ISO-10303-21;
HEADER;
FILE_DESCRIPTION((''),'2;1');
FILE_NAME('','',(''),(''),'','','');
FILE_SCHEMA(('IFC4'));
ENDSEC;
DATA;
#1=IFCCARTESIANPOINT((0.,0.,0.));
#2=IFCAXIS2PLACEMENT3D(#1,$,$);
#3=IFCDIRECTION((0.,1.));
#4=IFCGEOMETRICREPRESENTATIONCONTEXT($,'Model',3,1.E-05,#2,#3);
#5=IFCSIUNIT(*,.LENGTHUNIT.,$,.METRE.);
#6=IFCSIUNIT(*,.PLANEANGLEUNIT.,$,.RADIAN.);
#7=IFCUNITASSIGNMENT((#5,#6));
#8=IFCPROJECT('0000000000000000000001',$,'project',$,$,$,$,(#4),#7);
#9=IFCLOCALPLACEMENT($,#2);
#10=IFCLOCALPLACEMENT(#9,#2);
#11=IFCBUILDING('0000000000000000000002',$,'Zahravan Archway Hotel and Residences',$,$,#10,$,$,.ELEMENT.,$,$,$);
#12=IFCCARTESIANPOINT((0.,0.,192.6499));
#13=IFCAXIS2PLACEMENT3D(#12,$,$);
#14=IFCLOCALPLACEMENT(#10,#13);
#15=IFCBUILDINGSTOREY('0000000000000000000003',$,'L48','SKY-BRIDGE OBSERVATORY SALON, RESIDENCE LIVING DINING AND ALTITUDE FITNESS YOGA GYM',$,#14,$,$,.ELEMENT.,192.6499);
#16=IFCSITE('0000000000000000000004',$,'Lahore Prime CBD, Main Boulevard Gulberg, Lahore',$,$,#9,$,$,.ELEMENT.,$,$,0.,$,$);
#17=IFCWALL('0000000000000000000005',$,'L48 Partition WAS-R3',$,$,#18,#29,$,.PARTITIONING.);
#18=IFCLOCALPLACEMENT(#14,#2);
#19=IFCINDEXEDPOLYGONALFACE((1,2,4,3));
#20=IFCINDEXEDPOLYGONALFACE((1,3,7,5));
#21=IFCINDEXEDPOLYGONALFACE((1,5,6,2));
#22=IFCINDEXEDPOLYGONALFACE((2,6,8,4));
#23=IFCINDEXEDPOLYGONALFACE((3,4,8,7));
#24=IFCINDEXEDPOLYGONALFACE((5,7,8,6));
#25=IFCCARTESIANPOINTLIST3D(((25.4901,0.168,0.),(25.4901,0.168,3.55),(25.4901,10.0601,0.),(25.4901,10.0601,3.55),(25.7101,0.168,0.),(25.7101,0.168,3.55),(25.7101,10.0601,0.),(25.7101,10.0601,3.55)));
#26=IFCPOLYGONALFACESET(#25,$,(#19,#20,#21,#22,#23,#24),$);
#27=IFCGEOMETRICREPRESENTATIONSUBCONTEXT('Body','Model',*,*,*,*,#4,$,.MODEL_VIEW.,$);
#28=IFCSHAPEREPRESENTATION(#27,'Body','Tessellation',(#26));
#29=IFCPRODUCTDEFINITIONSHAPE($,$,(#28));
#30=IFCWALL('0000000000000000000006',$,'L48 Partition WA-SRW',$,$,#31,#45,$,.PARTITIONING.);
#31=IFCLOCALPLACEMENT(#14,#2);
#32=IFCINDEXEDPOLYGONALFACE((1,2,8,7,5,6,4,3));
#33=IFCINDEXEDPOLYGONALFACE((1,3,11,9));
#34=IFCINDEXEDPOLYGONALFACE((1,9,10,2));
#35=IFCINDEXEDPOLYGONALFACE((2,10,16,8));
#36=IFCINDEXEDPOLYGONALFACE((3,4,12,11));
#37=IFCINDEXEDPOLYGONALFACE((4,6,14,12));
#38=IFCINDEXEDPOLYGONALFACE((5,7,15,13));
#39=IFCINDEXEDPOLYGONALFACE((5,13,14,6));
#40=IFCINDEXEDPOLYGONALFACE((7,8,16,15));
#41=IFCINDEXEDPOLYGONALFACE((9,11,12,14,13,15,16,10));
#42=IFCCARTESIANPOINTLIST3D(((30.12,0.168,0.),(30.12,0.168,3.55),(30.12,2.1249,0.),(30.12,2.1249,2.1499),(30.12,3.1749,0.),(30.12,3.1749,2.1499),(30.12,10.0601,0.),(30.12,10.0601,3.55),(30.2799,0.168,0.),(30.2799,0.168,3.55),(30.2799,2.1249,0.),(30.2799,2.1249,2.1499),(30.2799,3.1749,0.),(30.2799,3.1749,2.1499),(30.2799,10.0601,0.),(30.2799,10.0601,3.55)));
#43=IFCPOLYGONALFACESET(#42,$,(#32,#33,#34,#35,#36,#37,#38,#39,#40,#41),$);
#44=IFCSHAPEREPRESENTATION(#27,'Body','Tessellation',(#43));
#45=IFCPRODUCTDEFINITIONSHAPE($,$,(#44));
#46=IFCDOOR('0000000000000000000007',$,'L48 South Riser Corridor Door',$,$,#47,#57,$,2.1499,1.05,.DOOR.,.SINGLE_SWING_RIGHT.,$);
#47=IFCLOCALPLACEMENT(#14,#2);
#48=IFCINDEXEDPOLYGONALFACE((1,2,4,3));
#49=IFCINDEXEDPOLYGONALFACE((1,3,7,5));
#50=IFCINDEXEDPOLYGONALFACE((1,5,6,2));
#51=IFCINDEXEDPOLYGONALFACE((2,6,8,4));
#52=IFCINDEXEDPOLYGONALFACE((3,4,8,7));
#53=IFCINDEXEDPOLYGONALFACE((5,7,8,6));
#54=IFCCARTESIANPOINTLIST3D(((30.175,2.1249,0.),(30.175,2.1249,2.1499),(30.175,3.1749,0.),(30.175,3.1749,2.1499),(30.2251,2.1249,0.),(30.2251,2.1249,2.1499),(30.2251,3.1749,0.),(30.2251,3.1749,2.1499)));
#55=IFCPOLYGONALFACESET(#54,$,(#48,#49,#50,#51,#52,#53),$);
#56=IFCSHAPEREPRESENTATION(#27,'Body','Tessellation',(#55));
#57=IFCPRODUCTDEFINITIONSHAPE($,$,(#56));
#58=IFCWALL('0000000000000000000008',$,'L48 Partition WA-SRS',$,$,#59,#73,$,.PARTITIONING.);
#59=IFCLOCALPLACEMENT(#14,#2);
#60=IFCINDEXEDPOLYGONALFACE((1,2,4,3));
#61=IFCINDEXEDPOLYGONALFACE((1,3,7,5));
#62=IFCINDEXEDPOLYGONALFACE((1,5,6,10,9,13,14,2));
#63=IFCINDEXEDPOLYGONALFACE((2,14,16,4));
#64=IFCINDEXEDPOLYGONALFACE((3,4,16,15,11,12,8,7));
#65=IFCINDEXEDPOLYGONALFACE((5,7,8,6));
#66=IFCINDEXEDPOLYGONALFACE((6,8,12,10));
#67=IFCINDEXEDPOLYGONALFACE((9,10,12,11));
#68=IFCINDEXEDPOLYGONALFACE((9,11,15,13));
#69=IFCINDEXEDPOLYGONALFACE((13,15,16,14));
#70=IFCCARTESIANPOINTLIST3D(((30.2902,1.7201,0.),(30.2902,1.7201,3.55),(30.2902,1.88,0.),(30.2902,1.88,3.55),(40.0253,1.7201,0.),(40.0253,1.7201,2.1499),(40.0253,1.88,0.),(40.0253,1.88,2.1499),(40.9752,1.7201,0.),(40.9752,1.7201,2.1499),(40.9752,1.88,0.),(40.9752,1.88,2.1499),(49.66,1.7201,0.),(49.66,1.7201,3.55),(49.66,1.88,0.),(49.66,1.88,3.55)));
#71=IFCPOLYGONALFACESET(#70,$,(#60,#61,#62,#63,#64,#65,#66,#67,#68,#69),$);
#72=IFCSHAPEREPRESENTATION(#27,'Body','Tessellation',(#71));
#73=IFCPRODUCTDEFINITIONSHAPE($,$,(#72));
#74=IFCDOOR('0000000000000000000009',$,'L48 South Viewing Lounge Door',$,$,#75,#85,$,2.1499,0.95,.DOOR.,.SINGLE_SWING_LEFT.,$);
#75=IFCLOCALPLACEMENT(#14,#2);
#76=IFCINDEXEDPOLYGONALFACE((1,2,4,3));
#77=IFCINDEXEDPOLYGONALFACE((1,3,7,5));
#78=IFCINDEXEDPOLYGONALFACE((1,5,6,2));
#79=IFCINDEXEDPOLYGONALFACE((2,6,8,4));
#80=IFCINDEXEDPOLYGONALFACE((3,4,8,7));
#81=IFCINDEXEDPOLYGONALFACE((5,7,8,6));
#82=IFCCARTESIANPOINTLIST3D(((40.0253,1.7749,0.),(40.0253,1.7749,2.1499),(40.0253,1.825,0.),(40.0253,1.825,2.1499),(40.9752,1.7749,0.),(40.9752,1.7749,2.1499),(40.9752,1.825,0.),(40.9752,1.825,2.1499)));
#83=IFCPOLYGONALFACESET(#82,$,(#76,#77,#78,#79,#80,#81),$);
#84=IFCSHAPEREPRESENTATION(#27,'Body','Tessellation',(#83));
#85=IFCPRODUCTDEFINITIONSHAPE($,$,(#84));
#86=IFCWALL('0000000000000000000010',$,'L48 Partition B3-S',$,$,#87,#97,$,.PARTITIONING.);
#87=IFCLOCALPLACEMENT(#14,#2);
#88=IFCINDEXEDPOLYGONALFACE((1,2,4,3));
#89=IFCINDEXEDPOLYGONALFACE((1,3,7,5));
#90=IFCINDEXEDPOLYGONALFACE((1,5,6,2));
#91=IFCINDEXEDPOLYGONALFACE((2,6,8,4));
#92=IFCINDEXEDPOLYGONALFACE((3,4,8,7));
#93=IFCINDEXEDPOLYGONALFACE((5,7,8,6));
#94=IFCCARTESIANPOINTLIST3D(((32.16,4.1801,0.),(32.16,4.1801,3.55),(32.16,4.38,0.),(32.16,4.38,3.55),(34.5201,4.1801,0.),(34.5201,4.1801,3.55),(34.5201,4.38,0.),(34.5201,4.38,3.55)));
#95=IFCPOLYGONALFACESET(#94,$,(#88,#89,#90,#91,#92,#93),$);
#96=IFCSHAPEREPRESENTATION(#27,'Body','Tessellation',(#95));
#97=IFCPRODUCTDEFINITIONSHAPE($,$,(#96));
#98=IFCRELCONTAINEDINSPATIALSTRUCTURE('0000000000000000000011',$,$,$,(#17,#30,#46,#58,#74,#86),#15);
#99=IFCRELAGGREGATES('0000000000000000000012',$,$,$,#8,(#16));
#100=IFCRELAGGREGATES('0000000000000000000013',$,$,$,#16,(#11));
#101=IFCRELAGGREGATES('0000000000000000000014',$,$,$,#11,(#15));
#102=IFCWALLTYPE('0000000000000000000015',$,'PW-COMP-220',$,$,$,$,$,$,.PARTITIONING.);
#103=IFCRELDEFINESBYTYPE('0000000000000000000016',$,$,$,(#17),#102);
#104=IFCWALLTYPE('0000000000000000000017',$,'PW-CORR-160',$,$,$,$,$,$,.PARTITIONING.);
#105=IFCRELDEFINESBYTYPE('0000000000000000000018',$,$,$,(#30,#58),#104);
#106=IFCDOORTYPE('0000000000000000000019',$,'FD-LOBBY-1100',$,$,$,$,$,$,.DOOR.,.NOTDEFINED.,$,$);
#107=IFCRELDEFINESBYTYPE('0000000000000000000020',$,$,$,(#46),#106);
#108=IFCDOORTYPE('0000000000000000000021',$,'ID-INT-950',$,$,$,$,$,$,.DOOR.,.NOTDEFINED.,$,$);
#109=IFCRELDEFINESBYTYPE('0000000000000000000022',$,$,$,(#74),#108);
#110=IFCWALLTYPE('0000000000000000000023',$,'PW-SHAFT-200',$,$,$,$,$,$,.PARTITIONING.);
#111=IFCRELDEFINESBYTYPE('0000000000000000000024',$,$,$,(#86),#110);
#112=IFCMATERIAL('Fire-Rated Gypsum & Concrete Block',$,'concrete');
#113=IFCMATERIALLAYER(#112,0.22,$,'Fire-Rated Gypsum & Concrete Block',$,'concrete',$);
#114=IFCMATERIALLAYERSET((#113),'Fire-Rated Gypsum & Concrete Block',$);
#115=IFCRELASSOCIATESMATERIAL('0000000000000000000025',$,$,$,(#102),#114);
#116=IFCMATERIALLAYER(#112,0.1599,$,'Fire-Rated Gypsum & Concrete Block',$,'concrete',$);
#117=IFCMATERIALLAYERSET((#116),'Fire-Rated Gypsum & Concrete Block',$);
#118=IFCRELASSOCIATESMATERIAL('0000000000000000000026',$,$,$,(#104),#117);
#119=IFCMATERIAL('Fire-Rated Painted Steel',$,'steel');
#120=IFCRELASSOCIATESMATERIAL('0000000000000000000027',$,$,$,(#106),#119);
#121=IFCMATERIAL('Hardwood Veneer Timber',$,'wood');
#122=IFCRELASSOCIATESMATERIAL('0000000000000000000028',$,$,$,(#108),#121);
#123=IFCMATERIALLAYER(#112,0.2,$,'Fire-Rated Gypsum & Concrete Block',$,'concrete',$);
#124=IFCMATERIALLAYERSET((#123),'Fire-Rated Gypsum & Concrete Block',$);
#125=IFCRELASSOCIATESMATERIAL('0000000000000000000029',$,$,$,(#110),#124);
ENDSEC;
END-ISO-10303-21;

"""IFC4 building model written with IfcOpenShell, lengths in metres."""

from ifc_helpers import new_model, si_unit, direction, frame, frame_2d, origin, place, context, subcontext, project, spatial, rectangle, extrude, source, transform, mapped, material, layer, layer_set, type_object, type_shapes, element, fill, save


model = new_model("IFC4")

# Units and contexts
model_context = context("Model", 3, precision=1e-05, world=origin(), true_north=direction((0.0, 1.0)))
body_context = subcontext(model_context, "Body", "Model", "MODEL_VIEW")
ifc_project = project(units=[si_unit("LENGTHUNIT", "METRE"), si_unit("PLANEANGLEUNIT", "RADIAN")], contexts=[model_context])

# Site, building, storey
site_placement = place(None, origin())
site = spatial("IfcSite", under=ifc_project, at=site_placement, Name="Lahore Prime CBD, Main Boulevard Gulberg, Lahore", CompositionType="ELEMENT", RefElevation=0.0)
building_placement = place(site_placement, origin())
building = spatial("IfcBuilding", under=site, at=building_placement, Name="Zahravan Archway Hotel and Residences", CompositionType="ELEMENT")
storey_placement = place(building_placement, frame((0.0, 0.0, 192.6499)))
storey = spatial("IfcBuildingStorey", under=building, at=storey_placement, Name="L48", Description="SKY-BRIDGE OBSERVATORY SALON, RESIDENCE LIVING DINING AND ALTITUDE FITNESS YOGA GYM", CompositionType="ELEMENT", Elevation=192.6499)

# Shared definitions
ifc_material_1 = material(Name="Fire-Rated Painted Steel", Category="steel")

# Wall
ifc_material_2 = material(Name="Fire-Rated Gypsum & Concrete Block", Category="concrete")
ifc_layer_1 = layer(ifc_material_2, 0.22, Name="Fire-Rated Gypsum & Concrete Block", Category="concrete")
ifc_layer_set_1 = layer_set([ifc_layer_1], Name="Fire-Rated Gypsum & Concrete Block")
wall_type_1 = type_object("IfcWallType", Name="PW-COMP-220", PredefinedType="PARTITIONING", material=ifc_layer_set_1)
wall_1_placement = place(storey_placement, frame((25.6001, 0.168, 0.0), z_axis=(0.0, 0.0, 1.0), x_axis=(0.0, 1.0, 0.0)))
element("IfcWall", 1, at=wall_1_placement, inside=storey, type_object=wall_type_1, Name="L48 Partition WAS-R3", PredefinedType="PARTITIONING", context=body_context, shape_type="SweptSolid", body=[
    extrude(rectangle(XDim=9.8921, YDim=0.22, at=frame_2d((4.946, 0.0))), origin(), (0.0, 0.0, 1.0), 3.55),
])

# Walls, openings, doors
ifc_layer_2 = layer(ifc_material_2, 0.1599, Name="Fire-Rated Gypsum & Concrete Block", Category="concrete")
ifc_layer_set_2 = layer_set([ifc_layer_2], Name="Fire-Rated Gypsum & Concrete Block")
wall_type_2 = type_object("IfcWallType", Name="PW-CORR-160", PredefinedType="PARTITIONING", material=ifc_layer_set_2)
wall_2_placement = place(storey_placement, frame((30.2, 0.168, 0.0), z_axis=(0.0, 0.0, 1.0), x_axis=(0.0, 1.0, 0.0)))
wall_2 = element("IfcWall", 2, at=wall_2_placement, inside=storey, type_object=wall_type_2, Name="L48 Partition WA-SRW", PredefinedType="PARTITIONING", context=body_context, shape_type="SweptSolid", body=[
    extrude(rectangle(XDim=9.8921, YDim=0.1599, at=frame_2d((4.946, 0.0))), origin(), (0.0, 0.0, 1.0), 3.55),
])
opening_1_placement = place(wall_2_placement, frame((1.957, 0.0, 0.0)))
opening_1 = element("IfcOpeningElement", 3, at=opening_1_placement, cuts=wall_2, PredefinedType="OPENING", context=body_context, shape_type="SweptSolid", body=[
    extrude(rectangle(XDim=1.05, YDim=2.1499, at=frame_2d((0.5249, 1.075))), frame((0.0, 0.0898, 0.0), z_axis=(0.0, -1.0, 0.0), x_axis=(1.0, 0.0, 0.0)), (0.0, 0.0, 1.0), 0.1799),
])
door_type_1 = type_object("IfcDoorType", Name="FD-LOBBY-1100", OperationType="NOTDEFINED", PredefinedType="DOOR", material=ifc_material_1)
shared_shape_1 = source(origin(), body_context, "Body", "SweptSolid", [
    extrude(rectangle(XDim=1.05, YDim=2.1499, at=frame_2d((0.5249, 1.075))), frame((0.0, 0.0249, 0.0), z_axis=(0.0, -1.0, 0.0), x_axis=(1.0, 0.0, 0.0)), (0.0, 0.0, 1.0), 0.05),
])
type_shapes(door_type_1, [shared_shape_1])
door_1_placement = place(opening_1_placement, origin())
door_1 = element("IfcDoor", 4, at=door_1_placement, inside=storey, type_object=door_type_1, Name="L48 South Riser Corridor Door", OperationType="SINGLE_SWING_RIGHT", OverallHeight=2.1499, OverallWidth=1.05, PredefinedType="DOOR", context=body_context, shape_type="MappedRepresentation", body=[
    mapped(shared_shape_1, transform((0.0, 0.0, 0.0), scale=1.0)),
])
fill(opening_1, door_1)
wall_3_placement = place(storey_placement, frame((30.29, 1.8, 0.0), z_axis=(0.0, 0.0, 1.0), x_axis=(1.0, 0.0, 0.0)))
wall_3 = element("IfcWall", 5, at=wall_3_placement, inside=storey, type_object=wall_type_2, Name="L48 Partition WA-SRS", PredefinedType="PARTITIONING", context=body_context, shape_type="SweptSolid", body=[
    extrude(rectangle(XDim=19.3699, YDim=0.1599, at=frame_2d((9.6851, 0.0))), origin(), (0.0, 0.0, 1.0), 3.55),
])
opening_2_placement = place(wall_3_placement, frame((9.7351, 0.0, 0.0)))
opening_2 = element("IfcOpeningElement", 6, at=opening_2_placement, cuts=wall_3, PredefinedType="OPENING", context=body_context, shape_type="SweptSolid", body=[
    extrude(rectangle(XDim=0.95, YDim=2.1499, at=frame_2d((0.4751, 1.075))), frame((0.0, 0.0898, 0.0), z_axis=(0.0, -1.0, 0.0), x_axis=(1.0, 0.0, 0.0)), (0.0, 0.0, 1.0), 0.1799),
])
ifc_material_3 = material(Name="Hardwood Veneer Timber", Category="wood")
door_type_2 = type_object("IfcDoorType", Name="ID-INT-950", OperationType="NOTDEFINED", PredefinedType="DOOR", material=ifc_material_3)
shared_shape_2 = source(origin(), body_context, "Body", "SweptSolid", [
    extrude(rectangle(XDim=0.95, YDim=2.1499, at=frame_2d((0.4751, 1.075))), frame((0.0, 0.0249, 0.0), z_axis=(0.0, -1.0, 0.0), x_axis=(1.0, 0.0, 0.0)), (0.0, 0.0, 1.0), 0.05),
])
type_shapes(door_type_2, [shared_shape_2])
door_2_placement = place(opening_2_placement, origin())
door_2 = element("IfcDoor", 7, at=door_2_placement, inside=storey, type_object=door_type_2, Name="L48 South Viewing Lounge Door", OperationType="SINGLE_SWING_LEFT", OverallHeight=2.1499, OverallWidth=0.95, PredefinedType="DOOR", context=body_context, shape_type="MappedRepresentation", body=[
    mapped(shared_shape_2, transform((0.0, 0.0, 0.0), scale=1.0)),
])
fill(opening_2, door_2)

# Wall
ifc_layer_3 = layer(ifc_material_2, 0.2, Name="Fire-Rated Gypsum & Concrete Block", Category="concrete")
ifc_layer_set_3 = layer_set([ifc_layer_3], Name="Fire-Rated Gypsum & Concrete Block")
wall_type_3 = type_object("IfcWallType", Name="PW-SHAFT-200", PredefinedType="PARTITIONING", material=ifc_layer_set_3)
wall_4_placement = place(storey_placement, frame((32.1599, 4.28, 0.0), z_axis=(0.0, 0.0, 1.0), x_axis=(1.0, 0.0, 0.0)))
element("IfcWall", 8, at=wall_4_placement, inside=storey, type_object=wall_type_3, Name="L48 Partition B3-S", PredefinedType="PARTITIONING", context=body_context, shape_type="SweptSolid", body=[
    extrude(rectangle(XDim=2.3601, YDim=0.2, at=frame_2d((1.1802, 0.0))), origin(), (0.0, 0.0, 1.0), 3.55),
])

save(model, "model.ifc")
